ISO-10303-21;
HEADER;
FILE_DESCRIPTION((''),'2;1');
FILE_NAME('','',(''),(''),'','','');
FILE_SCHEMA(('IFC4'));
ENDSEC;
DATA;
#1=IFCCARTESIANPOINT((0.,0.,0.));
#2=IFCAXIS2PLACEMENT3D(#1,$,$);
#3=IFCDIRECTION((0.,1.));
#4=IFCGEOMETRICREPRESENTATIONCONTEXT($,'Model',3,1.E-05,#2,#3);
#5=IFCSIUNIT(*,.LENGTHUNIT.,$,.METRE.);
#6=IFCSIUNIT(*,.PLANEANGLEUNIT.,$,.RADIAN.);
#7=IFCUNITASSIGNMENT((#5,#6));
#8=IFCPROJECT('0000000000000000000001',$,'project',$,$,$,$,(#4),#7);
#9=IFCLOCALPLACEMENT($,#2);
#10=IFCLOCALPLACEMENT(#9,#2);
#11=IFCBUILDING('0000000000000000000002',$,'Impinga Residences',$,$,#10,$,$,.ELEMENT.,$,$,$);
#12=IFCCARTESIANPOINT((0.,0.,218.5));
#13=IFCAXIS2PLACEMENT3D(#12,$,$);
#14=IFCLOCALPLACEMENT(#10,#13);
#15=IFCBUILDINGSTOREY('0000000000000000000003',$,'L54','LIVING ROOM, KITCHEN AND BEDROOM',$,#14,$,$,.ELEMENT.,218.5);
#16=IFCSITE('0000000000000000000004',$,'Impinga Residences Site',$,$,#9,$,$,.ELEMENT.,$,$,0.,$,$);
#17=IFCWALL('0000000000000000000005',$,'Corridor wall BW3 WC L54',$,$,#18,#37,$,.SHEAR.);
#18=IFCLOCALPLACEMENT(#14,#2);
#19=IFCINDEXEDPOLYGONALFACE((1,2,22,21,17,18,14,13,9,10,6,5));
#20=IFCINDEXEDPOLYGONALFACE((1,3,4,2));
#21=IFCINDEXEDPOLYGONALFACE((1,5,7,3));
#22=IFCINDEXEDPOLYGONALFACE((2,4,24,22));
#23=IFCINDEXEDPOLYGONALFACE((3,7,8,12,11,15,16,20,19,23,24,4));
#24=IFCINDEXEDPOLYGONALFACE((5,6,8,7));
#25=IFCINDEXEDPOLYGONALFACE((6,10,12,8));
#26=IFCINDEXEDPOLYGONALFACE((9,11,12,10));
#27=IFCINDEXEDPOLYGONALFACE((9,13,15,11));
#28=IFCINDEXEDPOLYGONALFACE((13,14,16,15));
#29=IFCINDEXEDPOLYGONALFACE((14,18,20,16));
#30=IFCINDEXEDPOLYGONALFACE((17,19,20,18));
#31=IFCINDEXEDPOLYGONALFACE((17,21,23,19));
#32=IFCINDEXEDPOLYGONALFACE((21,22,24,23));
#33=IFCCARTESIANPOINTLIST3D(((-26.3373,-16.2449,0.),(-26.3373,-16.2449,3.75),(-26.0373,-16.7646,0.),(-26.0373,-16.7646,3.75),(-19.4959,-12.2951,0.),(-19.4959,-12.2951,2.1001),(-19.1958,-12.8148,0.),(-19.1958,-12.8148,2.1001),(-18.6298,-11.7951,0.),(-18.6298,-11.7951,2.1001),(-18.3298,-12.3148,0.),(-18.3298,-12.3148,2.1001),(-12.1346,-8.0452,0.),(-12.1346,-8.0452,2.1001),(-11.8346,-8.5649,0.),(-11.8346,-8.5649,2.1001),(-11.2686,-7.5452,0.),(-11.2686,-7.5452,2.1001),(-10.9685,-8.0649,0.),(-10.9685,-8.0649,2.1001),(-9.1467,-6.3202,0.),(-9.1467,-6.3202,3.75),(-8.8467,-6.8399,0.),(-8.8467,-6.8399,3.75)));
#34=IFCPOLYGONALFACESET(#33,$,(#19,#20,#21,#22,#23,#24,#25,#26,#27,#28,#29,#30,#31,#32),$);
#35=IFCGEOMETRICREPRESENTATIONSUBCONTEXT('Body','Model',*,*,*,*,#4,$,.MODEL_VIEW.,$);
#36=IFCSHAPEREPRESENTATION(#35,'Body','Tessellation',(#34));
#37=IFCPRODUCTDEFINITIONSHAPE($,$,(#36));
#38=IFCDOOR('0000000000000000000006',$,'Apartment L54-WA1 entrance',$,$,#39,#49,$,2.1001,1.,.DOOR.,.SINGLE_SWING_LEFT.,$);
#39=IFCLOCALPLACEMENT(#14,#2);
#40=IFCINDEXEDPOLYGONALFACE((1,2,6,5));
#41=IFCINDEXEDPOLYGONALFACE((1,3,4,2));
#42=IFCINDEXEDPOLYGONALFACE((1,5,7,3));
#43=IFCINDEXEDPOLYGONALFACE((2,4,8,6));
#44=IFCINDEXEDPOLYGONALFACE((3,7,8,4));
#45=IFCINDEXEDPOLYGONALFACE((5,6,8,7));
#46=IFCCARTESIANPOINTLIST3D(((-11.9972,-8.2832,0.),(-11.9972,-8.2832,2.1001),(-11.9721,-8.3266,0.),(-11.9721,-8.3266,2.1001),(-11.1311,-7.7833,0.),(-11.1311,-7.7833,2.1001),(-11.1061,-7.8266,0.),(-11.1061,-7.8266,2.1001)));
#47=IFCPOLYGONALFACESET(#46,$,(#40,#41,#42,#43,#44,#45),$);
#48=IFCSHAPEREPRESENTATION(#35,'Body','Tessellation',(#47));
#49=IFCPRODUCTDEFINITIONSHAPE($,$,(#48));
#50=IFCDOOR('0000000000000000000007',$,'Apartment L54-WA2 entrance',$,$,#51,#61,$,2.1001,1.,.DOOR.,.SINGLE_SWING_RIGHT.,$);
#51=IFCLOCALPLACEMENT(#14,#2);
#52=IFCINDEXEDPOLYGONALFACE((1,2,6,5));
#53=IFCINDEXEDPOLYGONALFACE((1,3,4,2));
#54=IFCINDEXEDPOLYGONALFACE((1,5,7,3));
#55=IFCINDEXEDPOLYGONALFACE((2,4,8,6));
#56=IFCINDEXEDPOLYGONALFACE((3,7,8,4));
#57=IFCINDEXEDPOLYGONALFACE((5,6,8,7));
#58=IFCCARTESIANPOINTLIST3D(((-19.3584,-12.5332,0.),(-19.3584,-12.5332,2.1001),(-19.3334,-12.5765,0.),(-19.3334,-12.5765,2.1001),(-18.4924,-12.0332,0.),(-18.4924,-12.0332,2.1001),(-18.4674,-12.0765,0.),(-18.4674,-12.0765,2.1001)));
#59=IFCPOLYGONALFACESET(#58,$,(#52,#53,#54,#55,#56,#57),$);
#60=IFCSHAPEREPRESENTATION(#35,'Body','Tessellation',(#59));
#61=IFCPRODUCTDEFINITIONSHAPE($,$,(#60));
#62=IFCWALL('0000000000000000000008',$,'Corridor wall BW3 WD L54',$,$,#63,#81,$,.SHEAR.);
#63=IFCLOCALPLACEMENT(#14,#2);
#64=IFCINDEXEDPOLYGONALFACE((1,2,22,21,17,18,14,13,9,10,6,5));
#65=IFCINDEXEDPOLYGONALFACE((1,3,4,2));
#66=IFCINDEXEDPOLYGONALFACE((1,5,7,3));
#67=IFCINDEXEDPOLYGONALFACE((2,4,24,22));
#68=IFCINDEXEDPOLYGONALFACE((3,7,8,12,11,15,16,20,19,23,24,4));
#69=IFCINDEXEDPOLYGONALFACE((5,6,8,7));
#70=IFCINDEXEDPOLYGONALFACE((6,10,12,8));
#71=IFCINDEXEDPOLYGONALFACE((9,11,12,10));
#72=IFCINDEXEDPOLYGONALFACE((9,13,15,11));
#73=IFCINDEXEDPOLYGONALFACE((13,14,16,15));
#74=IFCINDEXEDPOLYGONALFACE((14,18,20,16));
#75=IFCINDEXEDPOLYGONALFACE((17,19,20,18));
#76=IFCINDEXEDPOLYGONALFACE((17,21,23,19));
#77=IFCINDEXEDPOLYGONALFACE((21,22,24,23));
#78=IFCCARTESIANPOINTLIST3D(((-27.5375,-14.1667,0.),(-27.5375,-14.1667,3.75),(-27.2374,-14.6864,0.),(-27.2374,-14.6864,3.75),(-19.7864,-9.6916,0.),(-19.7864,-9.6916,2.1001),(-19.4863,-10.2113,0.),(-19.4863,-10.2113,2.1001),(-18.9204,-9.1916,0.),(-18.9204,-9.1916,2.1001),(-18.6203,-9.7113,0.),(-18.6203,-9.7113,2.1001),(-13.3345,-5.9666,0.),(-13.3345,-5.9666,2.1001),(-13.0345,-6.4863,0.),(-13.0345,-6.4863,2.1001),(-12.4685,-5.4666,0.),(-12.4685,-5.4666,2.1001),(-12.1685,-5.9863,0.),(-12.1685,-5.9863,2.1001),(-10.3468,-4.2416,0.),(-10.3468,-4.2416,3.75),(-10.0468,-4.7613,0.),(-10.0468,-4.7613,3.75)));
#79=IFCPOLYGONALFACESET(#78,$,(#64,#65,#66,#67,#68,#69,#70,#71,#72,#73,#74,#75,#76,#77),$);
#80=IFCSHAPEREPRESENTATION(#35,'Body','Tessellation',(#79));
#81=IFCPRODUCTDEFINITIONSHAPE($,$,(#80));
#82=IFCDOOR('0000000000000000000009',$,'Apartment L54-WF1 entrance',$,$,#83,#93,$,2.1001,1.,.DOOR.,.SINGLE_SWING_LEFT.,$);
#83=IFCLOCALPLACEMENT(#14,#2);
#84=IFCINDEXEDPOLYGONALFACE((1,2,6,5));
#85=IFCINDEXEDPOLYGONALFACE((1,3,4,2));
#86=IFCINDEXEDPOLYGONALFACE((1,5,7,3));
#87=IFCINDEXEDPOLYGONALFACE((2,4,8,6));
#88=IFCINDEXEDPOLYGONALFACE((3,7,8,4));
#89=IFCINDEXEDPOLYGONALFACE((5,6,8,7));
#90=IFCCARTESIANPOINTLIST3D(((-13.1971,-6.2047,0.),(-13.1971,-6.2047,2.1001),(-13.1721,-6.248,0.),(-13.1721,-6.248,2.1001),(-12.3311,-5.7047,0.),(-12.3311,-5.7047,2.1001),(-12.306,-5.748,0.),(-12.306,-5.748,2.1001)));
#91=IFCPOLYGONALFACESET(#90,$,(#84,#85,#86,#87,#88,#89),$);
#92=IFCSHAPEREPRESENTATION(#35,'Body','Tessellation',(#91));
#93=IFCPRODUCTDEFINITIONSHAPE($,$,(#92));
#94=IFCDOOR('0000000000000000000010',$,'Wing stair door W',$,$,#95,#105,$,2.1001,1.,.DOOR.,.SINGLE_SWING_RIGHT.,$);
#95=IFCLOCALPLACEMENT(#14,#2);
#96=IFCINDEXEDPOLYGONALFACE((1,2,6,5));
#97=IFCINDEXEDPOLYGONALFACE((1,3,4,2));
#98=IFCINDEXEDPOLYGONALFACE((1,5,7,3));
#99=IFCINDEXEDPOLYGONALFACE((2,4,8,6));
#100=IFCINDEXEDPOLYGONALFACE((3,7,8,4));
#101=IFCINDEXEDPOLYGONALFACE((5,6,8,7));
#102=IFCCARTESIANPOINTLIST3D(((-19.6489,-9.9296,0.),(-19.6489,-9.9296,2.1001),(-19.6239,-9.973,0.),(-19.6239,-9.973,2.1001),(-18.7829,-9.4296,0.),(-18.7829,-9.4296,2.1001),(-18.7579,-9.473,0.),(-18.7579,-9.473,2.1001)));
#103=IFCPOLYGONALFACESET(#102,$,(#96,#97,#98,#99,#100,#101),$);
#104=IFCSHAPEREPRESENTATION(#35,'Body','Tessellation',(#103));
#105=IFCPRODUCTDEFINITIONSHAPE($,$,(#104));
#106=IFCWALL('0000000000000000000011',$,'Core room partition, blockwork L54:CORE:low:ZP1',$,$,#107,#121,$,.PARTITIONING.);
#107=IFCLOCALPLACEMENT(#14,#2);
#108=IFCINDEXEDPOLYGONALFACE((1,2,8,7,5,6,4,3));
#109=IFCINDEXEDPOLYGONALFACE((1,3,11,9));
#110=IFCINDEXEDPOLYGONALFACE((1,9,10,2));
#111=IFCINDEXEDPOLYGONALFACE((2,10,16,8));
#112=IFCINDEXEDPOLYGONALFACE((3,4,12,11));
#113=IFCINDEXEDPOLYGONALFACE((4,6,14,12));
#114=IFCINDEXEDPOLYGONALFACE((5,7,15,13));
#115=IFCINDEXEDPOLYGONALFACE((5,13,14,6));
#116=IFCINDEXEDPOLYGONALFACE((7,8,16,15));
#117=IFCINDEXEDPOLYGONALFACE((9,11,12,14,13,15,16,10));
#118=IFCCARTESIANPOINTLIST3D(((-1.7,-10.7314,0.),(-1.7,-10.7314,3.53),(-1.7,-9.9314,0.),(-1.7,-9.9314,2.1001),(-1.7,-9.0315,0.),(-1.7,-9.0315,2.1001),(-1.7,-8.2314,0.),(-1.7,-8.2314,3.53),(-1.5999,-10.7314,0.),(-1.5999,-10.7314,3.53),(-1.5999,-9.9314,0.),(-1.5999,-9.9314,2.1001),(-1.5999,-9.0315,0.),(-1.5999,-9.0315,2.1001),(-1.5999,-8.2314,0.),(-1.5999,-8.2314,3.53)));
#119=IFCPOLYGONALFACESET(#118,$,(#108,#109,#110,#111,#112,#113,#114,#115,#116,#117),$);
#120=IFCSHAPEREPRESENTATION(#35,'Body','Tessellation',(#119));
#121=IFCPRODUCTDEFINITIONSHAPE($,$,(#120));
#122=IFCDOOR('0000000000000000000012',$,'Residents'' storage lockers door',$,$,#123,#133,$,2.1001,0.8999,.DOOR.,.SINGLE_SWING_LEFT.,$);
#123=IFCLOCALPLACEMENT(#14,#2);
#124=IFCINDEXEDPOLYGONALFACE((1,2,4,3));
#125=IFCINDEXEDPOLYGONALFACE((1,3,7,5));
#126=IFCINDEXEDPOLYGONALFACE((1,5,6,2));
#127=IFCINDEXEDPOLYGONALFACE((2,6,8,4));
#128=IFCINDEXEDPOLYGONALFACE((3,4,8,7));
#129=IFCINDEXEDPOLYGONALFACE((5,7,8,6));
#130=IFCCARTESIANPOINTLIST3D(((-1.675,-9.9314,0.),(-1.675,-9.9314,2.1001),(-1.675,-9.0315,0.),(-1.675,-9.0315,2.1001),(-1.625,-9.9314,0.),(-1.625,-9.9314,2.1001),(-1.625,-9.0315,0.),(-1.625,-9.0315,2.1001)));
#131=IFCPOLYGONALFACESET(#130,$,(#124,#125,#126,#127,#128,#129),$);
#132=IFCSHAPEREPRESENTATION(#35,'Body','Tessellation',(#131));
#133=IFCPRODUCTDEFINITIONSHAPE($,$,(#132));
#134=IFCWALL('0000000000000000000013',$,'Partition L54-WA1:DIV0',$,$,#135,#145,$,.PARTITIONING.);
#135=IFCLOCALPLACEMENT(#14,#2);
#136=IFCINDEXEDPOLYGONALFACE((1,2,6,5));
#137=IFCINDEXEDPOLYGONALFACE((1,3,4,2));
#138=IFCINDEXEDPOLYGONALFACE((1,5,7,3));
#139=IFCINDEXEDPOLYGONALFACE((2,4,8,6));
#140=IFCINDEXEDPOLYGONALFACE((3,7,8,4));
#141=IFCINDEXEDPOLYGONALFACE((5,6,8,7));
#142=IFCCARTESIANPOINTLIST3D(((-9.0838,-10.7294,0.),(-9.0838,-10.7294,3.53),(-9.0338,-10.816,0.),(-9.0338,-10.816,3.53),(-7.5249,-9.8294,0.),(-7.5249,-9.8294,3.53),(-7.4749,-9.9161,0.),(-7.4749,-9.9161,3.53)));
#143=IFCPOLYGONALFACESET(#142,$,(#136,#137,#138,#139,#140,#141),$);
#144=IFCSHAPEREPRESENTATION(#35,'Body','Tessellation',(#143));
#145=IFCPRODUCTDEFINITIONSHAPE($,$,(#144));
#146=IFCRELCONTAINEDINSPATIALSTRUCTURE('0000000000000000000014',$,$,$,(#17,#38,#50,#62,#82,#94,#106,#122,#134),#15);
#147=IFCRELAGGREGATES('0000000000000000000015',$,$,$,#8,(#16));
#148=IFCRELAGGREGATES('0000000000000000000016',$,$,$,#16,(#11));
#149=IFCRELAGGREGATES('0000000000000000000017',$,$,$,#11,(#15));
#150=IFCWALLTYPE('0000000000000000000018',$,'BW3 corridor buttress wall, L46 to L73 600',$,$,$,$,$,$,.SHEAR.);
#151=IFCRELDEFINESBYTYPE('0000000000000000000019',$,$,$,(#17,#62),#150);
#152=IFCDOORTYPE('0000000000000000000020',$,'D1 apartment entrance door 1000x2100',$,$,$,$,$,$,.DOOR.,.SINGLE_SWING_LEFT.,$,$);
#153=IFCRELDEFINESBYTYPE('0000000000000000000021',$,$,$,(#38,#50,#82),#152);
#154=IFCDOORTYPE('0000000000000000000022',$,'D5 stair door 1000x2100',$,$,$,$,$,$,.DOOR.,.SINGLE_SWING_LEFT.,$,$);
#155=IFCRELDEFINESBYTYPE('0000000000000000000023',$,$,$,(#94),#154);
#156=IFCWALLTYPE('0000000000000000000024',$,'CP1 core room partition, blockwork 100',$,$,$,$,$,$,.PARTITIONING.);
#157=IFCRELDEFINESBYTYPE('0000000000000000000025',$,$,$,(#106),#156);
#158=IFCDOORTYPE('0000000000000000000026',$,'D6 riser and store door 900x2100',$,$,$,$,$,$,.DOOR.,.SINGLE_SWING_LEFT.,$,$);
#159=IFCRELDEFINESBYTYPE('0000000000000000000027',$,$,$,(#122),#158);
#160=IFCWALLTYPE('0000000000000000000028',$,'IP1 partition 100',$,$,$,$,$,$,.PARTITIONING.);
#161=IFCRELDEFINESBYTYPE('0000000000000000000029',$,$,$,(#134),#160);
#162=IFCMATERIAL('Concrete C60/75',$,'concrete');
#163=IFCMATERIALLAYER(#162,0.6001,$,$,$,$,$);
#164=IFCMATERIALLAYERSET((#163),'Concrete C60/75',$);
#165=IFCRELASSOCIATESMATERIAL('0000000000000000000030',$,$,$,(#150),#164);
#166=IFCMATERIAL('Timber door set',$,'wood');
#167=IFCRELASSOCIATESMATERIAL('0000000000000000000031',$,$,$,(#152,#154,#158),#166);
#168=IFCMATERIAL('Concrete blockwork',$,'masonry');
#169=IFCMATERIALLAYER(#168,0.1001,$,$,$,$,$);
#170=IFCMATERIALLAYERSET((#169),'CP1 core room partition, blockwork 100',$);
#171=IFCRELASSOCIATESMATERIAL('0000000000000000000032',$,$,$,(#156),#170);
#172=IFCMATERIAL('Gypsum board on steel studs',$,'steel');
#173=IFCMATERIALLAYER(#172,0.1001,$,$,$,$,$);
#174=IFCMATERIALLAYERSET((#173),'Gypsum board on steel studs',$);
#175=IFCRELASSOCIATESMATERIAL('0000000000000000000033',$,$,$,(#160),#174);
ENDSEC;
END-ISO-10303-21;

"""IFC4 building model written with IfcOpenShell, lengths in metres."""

from ifc_helpers import new_model, si_unit, direction, frame, frame_2d, origin, place, context, subcontext, project, spatial, rectangle, extrude, material, layer, layer_set, type_object, element, fill, save


model = new_model("IFC4")

# Units and contexts
model_context = context("Model", 3, precision=1e-05, world=origin(), true_north=direction((0.0, 1.0)))
body_context = subcontext(model_context, "Body", "Model", "MODEL_VIEW")
ifc_project = project(units=[si_unit("LENGTHUNIT", "METRE"), si_unit("PLANEANGLEUNIT", "RADIAN")], contexts=[model_context])

# Site, building, storey
site_placement = place(None, origin())
site = spatial("IfcSite", under=ifc_project, at=site_placement, Name="Impinga Residences Site", CompositionType="ELEMENT", RefElevation=0.0)
building_placement = place(site_placement, origin())
building = spatial("IfcBuilding", under=site, at=building_placement, Name="Impinga Residences", CompositionType="ELEMENT")
storey_placement = place(building_placement, frame((0.0, 0.0, 218.5)))
storey = spatial("IfcBuildingStorey", under=building, at=storey_placement, Name="L54", Description="LIVING ROOM, KITCHEN AND BEDROOM", CompositionType="ELEMENT", Elevation=218.5)

# Walls, openings, doors
ifc_material_1 = material(Name="Concrete C60/75", Category="concrete")
ifc_layer_1 = layer(ifc_material_1, 0.6001)
ifc_layer_set_1 = layer_set([ifc_layer_1], Name="Concrete C60/75")
wall_type_1 = type_object("IfcWallType", Name="BW3 corridor buttress wall, L46 to L73 600", PredefinedType="SHEAR", material=ifc_layer_set_1)
wall_1_placement = place(storey_placement, frame((-8.9968, -6.5801, 0.0), z_axis=(0.0, 0.0, 1.0), x_axis=(-0.866031, -0.499991, 0.0)))
wall_1 = element("IfcWall", 1, at=wall_1_placement, inside=storey, type_object=wall_type_1, Name="Corridor wall BW3 WC L54", PredefinedType="SHEAR", context=body_context, shape_type="SweptSolid", body=[
    extrude(rectangle(XDim=19.8499, YDim=0.6001, at=frame_2d((9.9248, 0.0))), origin(), (0.0, 0.0, 1.0), 3.75),
])
opening_1_placement = place(wall_1_placement, frame((2.45, 0.0, 0.0)))
opening_1 = element("IfcOpeningElement", 2, at=opening_1_placement, cuts=wall_1, PredefinedType="OPENING", context=body_context, shape_type="SweptSolid", body=[
    extrude(rectangle(XDim=1.0, YDim=2.1001, at=frame_2d((0.5, 1.05))), frame((0.0, 0.3101, 0.0), z_axis=(0.0, -1.0, 0.0), x_axis=(1.0, 0.0, 0.0)), (0.0, 0.0, 1.0), 0.6201),
])
opening_2_placement = place(wall_1_placement, frame((10.95, 0.0, 0.0)))
opening_2 = element("IfcOpeningElement", 3, at=opening_2_placement, cuts=wall_1, PredefinedType="OPENING", context=body_context, shape_type="SweptSolid", body=[
    extrude(rectangle(XDim=1.0, YDim=2.1001, at=frame_2d((0.5, 1.05))), frame((0.0, 0.3101, 0.0), z_axis=(0.0, -1.0, 0.0), x_axis=(1.0, 0.0, 0.0)), (0.0, 0.0, 1.0), 0.6201),
])
ifc_material_2 = material(Name="Timber door set", Category="wood")
door_type_1 = type_object("IfcDoorType", Name="D1 apartment entrance door 1000x2100", OperationType="SINGLE_SWING_LEFT", PredefinedType="DOOR", material=ifc_material_2)
door_1_placement = place(opening_1_placement, origin())
door_1 = element("IfcDoor", 4, at=door_1_placement, inside=storey, type_object=door_type_1, Name="Apartment L54-WA1 entrance", OperationType="SINGLE_SWING_LEFT", OverallHeight=2.1001, OverallWidth=1.0, PredefinedType="DOOR", context=body_context, shape_type="SweptSolid", body=[
    extrude(rectangle(XDim=1.0, YDim=2.1001, at=frame_2d((0.5, 1.05))), frame((0.0, 0.0249, 0.0), z_axis=(0.0, -1.0, 0.0), x_axis=(1.0, 0.0, 0.0)), (0.0, 0.0, 1.0), 0.05),
])
fill(opening_1, door_1)
door_2_placement = place(opening_2_placement, origin())
door_2 = element("IfcDoor", 5, at=door_2_placement, inside=storey, type_object=door_type_1, Name="Apartment L54-WA2 entrance", OperationType="SINGLE_SWING_RIGHT", OverallHeight=2.1001, OverallWidth=1.0, PredefinedType="DOOR", context=body_context, shape_type="SweptSolid", body=[
    extrude(rectangle(XDim=1.0, YDim=2.1001, at=frame_2d((0.5, 1.05))), frame((0.0, 0.0249, 0.0), z_axis=(0.0, -1.0, 0.0), x_axis=(1.0, 0.0, 0.0)), (0.0, 0.0, 1.0), 0.05),
])
fill(opening_2, door_2)
wall_2_placement = place(storey_placement, frame((-10.1968, -4.5015, 0.0), z_axis=(0.0, 0.0, 1.0), x_axis=(-0.866025, -0.5, 0.0)))
wall_2 = element("IfcWall", 6, at=wall_2_placement, inside=storey, type_object=wall_type_1, Name="Corridor wall BW3 WD L54", PredefinedType="SHEAR", context=body_context, shape_type="SweptSolid", body=[
    extrude(rectangle(XDim=19.8501, YDim=0.6001, at=frame_2d((9.925, 0.0))), origin(), (0.0, 0.0, 1.0), 3.75),
])
opening_3_placement = place(wall_2_placement, frame((9.8999, 0.0, 0.0)))
opening_3 = element("IfcOpeningElement", 7, at=opening_3_placement, cuts=wall_2, PredefinedType="OPENING", context=body_context, shape_type="SweptSolid", body=[
    extrude(rectangle(XDim=1.0, YDim=2.1001, at=frame_2d((0.5, 1.05))), frame((0.0, 0.3101, 0.0), z_axis=(0.0, -1.0, 0.0), x_axis=(1.0, 0.0, 0.0)), (0.0, 0.0, 1.0), 0.6201),
])
opening_4_placement = place(wall_2_placement, frame((2.45, 0.0, 0.0)))
opening_4 = element("IfcOpeningElement", 8, at=opening_4_placement, cuts=wall_2, PredefinedType="OPENING", context=body_context, shape_type="SweptSolid", body=[
    extrude(rectangle(XDim=1.0, YDim=2.1001, at=frame_2d((0.5, 1.05))), frame((0.0, 0.3101, 0.0), z_axis=(0.0, -1.0, 0.0), x_axis=(1.0, 0.0, 0.0)), (0.0, 0.0, 1.0), 0.6201),
])
door_3_placement = place(opening_4_placement, origin())
door_3 = element("IfcDoor", 9, at=door_3_placement, inside=storey, type_object=door_type_1, Name="Apartment L54-WF1 entrance", OperationType="SINGLE_SWING_LEFT", OverallHeight=2.1001, OverallWidth=1.0, PredefinedType="DOOR", context=body_context, shape_type="SweptSolid", body=[
    extrude(rectangle(XDim=1.0, YDim=2.1001, at=frame_2d((0.5, 1.05))), frame((0.0, 0.0249, 0.0), z_axis=(0.0, -1.0, 0.0), x_axis=(1.0, 0.0, 0.0)), (0.0, 0.0, 1.0), 0.05),
])
fill(opening_4, door_3)
door_type_2 = type_object("IfcDoorType", Name="D5 stair door 1000x2100", OperationType="SINGLE_SWING_LEFT", PredefinedType="DOOR", material=ifc_material_2)
door_4_placement = place(opening_3_placement, origin())
door_4 = element("IfcDoor", 10, at=door_4_placement, inside=storey, type_object=door_type_2, Name="Wing stair door W", OperationType="SINGLE_SWING_RIGHT", OverallHeight=2.1001, OverallWidth=1.0, PredefinedType="DOOR", context=body_context, shape_type="SweptSolid", body=[
    extrude(rectangle(XDim=1.0, YDim=2.1001, at=frame_2d((0.5, 1.05))), frame((0.0, 0.0249, 0.0), z_axis=(0.0, -1.0, 0.0), x_axis=(1.0, 0.0, 0.0)), (0.0, 0.0, 1.0), 0.05),
])
fill(opening_3, door_4)

# Wall, opening, door
ifc_material_3 = material(Name="Concrete blockwork", Category="masonry")
ifc_layer_2 = layer(ifc_material_3, 0.1001)
ifc_layer_set_2 = layer_set([ifc_layer_2], Name="CP1 core room partition, blockwork 100")
wall_type_2 = type_object("IfcWallType", Name="CP1 core room partition, blockwork 100", PredefinedType="PARTITIONING", material=ifc_layer_set_2)
wall_3_placement = place(storey_placement, frame((-1.6499, -8.2314, 0.0), z_axis=(0.0, 0.0, 1.0), x_axis=(0.0, -1.0, 0.0)))
wall_3 = element("IfcWall", 11, at=wall_3_placement, inside=storey, type_object=wall_type_2, Name="Core room partition, blockwork L54:CORE:low:ZP1", PredefinedType="PARTITIONING", context=body_context, shape_type="SweptSolid", body=[
    extrude(rectangle(XDim=2.5, YDim=0.1001, at=frame_2d((1.25, 0.0))), origin(), (0.0, 0.0, 1.0), 3.53),
])
opening_5_placement = place(wall_3_placement, frame((0.8, 0.0, 0.0)))
opening_5 = element("IfcOpeningElement", 12, at=opening_5_placement, cuts=wall_3, PredefinedType="OPENING", context=body_context, shape_type="SweptSolid", body=[
    extrude(rectangle(XDim=0.8999, YDim=2.1001, at=frame_2d((0.45, 1.05))), frame((0.0, 0.0601, 0.0), z_axis=(0.0, -1.0, 0.0), x_axis=(1.0, 0.0, 0.0)), (0.0, 0.0, 1.0), 0.1201),
])
door_type_3 = type_object("IfcDoorType", Name="D6 riser and store door 900x2100", OperationType="SINGLE_SWING_LEFT", PredefinedType="DOOR", material=ifc_material_2)
door_5_placement = place(opening_5_placement, origin())
door_5 = element("IfcDoor", 13, at=door_5_placement, inside=storey, type_object=door_type_3, Name="Residents' storage lockers door", OperationType="SINGLE_SWING_LEFT", OverallHeight=2.1001, OverallWidth=0.8999, PredefinedType="DOOR", context=body_context, shape_type="SweptSolid", body=[
    extrude(rectangle(XDim=0.8999, YDim=2.1001, at=frame_2d((0.45, 1.05))), frame((0.0, 0.0249, 0.0), z_axis=(0.0, -1.0, 0.0), x_axis=(1.0, 0.0, 0.0)), (0.0, 0.0, 1.0), 0.05),
])
fill(opening_5, door_5)

# Wall
ifc_material_4 = material(Name="Gypsum board on steel studs", Category="steel")
ifc_layer_3 = layer(ifc_material_4, 0.1001)
ifc_layer_set_3 = layer_set([ifc_layer_3], Name="Gypsum board on steel studs")
wall_type_3 = type_object("IfcWallType", Name="IP1 partition 100", PredefinedType="PARTITIONING", material=ifc_layer_set_3)
wall_4_placement = place(storey_placement, frame((-7.5, -9.8728, 0.0), z_axis=(0.0, 0.0, 1.0), x_axis=(-0.866048, -0.499961, 0.0)))
element("IfcWall", 14, at=wall_4_placement, inside=storey, type_object=wall_type_3, Name="Partition L54-WA1:DIV0", PredefinedType="PARTITIONING", context=body_context, shape_type="SweptSolid", body=[
    extrude(rectangle(XDim=1.8, YDim=0.1001, at=frame_2d((0.8999, 0.0))), origin(), (0.0, 0.0, 1.0), 3.53),
])

save(model, "model.ifc")
